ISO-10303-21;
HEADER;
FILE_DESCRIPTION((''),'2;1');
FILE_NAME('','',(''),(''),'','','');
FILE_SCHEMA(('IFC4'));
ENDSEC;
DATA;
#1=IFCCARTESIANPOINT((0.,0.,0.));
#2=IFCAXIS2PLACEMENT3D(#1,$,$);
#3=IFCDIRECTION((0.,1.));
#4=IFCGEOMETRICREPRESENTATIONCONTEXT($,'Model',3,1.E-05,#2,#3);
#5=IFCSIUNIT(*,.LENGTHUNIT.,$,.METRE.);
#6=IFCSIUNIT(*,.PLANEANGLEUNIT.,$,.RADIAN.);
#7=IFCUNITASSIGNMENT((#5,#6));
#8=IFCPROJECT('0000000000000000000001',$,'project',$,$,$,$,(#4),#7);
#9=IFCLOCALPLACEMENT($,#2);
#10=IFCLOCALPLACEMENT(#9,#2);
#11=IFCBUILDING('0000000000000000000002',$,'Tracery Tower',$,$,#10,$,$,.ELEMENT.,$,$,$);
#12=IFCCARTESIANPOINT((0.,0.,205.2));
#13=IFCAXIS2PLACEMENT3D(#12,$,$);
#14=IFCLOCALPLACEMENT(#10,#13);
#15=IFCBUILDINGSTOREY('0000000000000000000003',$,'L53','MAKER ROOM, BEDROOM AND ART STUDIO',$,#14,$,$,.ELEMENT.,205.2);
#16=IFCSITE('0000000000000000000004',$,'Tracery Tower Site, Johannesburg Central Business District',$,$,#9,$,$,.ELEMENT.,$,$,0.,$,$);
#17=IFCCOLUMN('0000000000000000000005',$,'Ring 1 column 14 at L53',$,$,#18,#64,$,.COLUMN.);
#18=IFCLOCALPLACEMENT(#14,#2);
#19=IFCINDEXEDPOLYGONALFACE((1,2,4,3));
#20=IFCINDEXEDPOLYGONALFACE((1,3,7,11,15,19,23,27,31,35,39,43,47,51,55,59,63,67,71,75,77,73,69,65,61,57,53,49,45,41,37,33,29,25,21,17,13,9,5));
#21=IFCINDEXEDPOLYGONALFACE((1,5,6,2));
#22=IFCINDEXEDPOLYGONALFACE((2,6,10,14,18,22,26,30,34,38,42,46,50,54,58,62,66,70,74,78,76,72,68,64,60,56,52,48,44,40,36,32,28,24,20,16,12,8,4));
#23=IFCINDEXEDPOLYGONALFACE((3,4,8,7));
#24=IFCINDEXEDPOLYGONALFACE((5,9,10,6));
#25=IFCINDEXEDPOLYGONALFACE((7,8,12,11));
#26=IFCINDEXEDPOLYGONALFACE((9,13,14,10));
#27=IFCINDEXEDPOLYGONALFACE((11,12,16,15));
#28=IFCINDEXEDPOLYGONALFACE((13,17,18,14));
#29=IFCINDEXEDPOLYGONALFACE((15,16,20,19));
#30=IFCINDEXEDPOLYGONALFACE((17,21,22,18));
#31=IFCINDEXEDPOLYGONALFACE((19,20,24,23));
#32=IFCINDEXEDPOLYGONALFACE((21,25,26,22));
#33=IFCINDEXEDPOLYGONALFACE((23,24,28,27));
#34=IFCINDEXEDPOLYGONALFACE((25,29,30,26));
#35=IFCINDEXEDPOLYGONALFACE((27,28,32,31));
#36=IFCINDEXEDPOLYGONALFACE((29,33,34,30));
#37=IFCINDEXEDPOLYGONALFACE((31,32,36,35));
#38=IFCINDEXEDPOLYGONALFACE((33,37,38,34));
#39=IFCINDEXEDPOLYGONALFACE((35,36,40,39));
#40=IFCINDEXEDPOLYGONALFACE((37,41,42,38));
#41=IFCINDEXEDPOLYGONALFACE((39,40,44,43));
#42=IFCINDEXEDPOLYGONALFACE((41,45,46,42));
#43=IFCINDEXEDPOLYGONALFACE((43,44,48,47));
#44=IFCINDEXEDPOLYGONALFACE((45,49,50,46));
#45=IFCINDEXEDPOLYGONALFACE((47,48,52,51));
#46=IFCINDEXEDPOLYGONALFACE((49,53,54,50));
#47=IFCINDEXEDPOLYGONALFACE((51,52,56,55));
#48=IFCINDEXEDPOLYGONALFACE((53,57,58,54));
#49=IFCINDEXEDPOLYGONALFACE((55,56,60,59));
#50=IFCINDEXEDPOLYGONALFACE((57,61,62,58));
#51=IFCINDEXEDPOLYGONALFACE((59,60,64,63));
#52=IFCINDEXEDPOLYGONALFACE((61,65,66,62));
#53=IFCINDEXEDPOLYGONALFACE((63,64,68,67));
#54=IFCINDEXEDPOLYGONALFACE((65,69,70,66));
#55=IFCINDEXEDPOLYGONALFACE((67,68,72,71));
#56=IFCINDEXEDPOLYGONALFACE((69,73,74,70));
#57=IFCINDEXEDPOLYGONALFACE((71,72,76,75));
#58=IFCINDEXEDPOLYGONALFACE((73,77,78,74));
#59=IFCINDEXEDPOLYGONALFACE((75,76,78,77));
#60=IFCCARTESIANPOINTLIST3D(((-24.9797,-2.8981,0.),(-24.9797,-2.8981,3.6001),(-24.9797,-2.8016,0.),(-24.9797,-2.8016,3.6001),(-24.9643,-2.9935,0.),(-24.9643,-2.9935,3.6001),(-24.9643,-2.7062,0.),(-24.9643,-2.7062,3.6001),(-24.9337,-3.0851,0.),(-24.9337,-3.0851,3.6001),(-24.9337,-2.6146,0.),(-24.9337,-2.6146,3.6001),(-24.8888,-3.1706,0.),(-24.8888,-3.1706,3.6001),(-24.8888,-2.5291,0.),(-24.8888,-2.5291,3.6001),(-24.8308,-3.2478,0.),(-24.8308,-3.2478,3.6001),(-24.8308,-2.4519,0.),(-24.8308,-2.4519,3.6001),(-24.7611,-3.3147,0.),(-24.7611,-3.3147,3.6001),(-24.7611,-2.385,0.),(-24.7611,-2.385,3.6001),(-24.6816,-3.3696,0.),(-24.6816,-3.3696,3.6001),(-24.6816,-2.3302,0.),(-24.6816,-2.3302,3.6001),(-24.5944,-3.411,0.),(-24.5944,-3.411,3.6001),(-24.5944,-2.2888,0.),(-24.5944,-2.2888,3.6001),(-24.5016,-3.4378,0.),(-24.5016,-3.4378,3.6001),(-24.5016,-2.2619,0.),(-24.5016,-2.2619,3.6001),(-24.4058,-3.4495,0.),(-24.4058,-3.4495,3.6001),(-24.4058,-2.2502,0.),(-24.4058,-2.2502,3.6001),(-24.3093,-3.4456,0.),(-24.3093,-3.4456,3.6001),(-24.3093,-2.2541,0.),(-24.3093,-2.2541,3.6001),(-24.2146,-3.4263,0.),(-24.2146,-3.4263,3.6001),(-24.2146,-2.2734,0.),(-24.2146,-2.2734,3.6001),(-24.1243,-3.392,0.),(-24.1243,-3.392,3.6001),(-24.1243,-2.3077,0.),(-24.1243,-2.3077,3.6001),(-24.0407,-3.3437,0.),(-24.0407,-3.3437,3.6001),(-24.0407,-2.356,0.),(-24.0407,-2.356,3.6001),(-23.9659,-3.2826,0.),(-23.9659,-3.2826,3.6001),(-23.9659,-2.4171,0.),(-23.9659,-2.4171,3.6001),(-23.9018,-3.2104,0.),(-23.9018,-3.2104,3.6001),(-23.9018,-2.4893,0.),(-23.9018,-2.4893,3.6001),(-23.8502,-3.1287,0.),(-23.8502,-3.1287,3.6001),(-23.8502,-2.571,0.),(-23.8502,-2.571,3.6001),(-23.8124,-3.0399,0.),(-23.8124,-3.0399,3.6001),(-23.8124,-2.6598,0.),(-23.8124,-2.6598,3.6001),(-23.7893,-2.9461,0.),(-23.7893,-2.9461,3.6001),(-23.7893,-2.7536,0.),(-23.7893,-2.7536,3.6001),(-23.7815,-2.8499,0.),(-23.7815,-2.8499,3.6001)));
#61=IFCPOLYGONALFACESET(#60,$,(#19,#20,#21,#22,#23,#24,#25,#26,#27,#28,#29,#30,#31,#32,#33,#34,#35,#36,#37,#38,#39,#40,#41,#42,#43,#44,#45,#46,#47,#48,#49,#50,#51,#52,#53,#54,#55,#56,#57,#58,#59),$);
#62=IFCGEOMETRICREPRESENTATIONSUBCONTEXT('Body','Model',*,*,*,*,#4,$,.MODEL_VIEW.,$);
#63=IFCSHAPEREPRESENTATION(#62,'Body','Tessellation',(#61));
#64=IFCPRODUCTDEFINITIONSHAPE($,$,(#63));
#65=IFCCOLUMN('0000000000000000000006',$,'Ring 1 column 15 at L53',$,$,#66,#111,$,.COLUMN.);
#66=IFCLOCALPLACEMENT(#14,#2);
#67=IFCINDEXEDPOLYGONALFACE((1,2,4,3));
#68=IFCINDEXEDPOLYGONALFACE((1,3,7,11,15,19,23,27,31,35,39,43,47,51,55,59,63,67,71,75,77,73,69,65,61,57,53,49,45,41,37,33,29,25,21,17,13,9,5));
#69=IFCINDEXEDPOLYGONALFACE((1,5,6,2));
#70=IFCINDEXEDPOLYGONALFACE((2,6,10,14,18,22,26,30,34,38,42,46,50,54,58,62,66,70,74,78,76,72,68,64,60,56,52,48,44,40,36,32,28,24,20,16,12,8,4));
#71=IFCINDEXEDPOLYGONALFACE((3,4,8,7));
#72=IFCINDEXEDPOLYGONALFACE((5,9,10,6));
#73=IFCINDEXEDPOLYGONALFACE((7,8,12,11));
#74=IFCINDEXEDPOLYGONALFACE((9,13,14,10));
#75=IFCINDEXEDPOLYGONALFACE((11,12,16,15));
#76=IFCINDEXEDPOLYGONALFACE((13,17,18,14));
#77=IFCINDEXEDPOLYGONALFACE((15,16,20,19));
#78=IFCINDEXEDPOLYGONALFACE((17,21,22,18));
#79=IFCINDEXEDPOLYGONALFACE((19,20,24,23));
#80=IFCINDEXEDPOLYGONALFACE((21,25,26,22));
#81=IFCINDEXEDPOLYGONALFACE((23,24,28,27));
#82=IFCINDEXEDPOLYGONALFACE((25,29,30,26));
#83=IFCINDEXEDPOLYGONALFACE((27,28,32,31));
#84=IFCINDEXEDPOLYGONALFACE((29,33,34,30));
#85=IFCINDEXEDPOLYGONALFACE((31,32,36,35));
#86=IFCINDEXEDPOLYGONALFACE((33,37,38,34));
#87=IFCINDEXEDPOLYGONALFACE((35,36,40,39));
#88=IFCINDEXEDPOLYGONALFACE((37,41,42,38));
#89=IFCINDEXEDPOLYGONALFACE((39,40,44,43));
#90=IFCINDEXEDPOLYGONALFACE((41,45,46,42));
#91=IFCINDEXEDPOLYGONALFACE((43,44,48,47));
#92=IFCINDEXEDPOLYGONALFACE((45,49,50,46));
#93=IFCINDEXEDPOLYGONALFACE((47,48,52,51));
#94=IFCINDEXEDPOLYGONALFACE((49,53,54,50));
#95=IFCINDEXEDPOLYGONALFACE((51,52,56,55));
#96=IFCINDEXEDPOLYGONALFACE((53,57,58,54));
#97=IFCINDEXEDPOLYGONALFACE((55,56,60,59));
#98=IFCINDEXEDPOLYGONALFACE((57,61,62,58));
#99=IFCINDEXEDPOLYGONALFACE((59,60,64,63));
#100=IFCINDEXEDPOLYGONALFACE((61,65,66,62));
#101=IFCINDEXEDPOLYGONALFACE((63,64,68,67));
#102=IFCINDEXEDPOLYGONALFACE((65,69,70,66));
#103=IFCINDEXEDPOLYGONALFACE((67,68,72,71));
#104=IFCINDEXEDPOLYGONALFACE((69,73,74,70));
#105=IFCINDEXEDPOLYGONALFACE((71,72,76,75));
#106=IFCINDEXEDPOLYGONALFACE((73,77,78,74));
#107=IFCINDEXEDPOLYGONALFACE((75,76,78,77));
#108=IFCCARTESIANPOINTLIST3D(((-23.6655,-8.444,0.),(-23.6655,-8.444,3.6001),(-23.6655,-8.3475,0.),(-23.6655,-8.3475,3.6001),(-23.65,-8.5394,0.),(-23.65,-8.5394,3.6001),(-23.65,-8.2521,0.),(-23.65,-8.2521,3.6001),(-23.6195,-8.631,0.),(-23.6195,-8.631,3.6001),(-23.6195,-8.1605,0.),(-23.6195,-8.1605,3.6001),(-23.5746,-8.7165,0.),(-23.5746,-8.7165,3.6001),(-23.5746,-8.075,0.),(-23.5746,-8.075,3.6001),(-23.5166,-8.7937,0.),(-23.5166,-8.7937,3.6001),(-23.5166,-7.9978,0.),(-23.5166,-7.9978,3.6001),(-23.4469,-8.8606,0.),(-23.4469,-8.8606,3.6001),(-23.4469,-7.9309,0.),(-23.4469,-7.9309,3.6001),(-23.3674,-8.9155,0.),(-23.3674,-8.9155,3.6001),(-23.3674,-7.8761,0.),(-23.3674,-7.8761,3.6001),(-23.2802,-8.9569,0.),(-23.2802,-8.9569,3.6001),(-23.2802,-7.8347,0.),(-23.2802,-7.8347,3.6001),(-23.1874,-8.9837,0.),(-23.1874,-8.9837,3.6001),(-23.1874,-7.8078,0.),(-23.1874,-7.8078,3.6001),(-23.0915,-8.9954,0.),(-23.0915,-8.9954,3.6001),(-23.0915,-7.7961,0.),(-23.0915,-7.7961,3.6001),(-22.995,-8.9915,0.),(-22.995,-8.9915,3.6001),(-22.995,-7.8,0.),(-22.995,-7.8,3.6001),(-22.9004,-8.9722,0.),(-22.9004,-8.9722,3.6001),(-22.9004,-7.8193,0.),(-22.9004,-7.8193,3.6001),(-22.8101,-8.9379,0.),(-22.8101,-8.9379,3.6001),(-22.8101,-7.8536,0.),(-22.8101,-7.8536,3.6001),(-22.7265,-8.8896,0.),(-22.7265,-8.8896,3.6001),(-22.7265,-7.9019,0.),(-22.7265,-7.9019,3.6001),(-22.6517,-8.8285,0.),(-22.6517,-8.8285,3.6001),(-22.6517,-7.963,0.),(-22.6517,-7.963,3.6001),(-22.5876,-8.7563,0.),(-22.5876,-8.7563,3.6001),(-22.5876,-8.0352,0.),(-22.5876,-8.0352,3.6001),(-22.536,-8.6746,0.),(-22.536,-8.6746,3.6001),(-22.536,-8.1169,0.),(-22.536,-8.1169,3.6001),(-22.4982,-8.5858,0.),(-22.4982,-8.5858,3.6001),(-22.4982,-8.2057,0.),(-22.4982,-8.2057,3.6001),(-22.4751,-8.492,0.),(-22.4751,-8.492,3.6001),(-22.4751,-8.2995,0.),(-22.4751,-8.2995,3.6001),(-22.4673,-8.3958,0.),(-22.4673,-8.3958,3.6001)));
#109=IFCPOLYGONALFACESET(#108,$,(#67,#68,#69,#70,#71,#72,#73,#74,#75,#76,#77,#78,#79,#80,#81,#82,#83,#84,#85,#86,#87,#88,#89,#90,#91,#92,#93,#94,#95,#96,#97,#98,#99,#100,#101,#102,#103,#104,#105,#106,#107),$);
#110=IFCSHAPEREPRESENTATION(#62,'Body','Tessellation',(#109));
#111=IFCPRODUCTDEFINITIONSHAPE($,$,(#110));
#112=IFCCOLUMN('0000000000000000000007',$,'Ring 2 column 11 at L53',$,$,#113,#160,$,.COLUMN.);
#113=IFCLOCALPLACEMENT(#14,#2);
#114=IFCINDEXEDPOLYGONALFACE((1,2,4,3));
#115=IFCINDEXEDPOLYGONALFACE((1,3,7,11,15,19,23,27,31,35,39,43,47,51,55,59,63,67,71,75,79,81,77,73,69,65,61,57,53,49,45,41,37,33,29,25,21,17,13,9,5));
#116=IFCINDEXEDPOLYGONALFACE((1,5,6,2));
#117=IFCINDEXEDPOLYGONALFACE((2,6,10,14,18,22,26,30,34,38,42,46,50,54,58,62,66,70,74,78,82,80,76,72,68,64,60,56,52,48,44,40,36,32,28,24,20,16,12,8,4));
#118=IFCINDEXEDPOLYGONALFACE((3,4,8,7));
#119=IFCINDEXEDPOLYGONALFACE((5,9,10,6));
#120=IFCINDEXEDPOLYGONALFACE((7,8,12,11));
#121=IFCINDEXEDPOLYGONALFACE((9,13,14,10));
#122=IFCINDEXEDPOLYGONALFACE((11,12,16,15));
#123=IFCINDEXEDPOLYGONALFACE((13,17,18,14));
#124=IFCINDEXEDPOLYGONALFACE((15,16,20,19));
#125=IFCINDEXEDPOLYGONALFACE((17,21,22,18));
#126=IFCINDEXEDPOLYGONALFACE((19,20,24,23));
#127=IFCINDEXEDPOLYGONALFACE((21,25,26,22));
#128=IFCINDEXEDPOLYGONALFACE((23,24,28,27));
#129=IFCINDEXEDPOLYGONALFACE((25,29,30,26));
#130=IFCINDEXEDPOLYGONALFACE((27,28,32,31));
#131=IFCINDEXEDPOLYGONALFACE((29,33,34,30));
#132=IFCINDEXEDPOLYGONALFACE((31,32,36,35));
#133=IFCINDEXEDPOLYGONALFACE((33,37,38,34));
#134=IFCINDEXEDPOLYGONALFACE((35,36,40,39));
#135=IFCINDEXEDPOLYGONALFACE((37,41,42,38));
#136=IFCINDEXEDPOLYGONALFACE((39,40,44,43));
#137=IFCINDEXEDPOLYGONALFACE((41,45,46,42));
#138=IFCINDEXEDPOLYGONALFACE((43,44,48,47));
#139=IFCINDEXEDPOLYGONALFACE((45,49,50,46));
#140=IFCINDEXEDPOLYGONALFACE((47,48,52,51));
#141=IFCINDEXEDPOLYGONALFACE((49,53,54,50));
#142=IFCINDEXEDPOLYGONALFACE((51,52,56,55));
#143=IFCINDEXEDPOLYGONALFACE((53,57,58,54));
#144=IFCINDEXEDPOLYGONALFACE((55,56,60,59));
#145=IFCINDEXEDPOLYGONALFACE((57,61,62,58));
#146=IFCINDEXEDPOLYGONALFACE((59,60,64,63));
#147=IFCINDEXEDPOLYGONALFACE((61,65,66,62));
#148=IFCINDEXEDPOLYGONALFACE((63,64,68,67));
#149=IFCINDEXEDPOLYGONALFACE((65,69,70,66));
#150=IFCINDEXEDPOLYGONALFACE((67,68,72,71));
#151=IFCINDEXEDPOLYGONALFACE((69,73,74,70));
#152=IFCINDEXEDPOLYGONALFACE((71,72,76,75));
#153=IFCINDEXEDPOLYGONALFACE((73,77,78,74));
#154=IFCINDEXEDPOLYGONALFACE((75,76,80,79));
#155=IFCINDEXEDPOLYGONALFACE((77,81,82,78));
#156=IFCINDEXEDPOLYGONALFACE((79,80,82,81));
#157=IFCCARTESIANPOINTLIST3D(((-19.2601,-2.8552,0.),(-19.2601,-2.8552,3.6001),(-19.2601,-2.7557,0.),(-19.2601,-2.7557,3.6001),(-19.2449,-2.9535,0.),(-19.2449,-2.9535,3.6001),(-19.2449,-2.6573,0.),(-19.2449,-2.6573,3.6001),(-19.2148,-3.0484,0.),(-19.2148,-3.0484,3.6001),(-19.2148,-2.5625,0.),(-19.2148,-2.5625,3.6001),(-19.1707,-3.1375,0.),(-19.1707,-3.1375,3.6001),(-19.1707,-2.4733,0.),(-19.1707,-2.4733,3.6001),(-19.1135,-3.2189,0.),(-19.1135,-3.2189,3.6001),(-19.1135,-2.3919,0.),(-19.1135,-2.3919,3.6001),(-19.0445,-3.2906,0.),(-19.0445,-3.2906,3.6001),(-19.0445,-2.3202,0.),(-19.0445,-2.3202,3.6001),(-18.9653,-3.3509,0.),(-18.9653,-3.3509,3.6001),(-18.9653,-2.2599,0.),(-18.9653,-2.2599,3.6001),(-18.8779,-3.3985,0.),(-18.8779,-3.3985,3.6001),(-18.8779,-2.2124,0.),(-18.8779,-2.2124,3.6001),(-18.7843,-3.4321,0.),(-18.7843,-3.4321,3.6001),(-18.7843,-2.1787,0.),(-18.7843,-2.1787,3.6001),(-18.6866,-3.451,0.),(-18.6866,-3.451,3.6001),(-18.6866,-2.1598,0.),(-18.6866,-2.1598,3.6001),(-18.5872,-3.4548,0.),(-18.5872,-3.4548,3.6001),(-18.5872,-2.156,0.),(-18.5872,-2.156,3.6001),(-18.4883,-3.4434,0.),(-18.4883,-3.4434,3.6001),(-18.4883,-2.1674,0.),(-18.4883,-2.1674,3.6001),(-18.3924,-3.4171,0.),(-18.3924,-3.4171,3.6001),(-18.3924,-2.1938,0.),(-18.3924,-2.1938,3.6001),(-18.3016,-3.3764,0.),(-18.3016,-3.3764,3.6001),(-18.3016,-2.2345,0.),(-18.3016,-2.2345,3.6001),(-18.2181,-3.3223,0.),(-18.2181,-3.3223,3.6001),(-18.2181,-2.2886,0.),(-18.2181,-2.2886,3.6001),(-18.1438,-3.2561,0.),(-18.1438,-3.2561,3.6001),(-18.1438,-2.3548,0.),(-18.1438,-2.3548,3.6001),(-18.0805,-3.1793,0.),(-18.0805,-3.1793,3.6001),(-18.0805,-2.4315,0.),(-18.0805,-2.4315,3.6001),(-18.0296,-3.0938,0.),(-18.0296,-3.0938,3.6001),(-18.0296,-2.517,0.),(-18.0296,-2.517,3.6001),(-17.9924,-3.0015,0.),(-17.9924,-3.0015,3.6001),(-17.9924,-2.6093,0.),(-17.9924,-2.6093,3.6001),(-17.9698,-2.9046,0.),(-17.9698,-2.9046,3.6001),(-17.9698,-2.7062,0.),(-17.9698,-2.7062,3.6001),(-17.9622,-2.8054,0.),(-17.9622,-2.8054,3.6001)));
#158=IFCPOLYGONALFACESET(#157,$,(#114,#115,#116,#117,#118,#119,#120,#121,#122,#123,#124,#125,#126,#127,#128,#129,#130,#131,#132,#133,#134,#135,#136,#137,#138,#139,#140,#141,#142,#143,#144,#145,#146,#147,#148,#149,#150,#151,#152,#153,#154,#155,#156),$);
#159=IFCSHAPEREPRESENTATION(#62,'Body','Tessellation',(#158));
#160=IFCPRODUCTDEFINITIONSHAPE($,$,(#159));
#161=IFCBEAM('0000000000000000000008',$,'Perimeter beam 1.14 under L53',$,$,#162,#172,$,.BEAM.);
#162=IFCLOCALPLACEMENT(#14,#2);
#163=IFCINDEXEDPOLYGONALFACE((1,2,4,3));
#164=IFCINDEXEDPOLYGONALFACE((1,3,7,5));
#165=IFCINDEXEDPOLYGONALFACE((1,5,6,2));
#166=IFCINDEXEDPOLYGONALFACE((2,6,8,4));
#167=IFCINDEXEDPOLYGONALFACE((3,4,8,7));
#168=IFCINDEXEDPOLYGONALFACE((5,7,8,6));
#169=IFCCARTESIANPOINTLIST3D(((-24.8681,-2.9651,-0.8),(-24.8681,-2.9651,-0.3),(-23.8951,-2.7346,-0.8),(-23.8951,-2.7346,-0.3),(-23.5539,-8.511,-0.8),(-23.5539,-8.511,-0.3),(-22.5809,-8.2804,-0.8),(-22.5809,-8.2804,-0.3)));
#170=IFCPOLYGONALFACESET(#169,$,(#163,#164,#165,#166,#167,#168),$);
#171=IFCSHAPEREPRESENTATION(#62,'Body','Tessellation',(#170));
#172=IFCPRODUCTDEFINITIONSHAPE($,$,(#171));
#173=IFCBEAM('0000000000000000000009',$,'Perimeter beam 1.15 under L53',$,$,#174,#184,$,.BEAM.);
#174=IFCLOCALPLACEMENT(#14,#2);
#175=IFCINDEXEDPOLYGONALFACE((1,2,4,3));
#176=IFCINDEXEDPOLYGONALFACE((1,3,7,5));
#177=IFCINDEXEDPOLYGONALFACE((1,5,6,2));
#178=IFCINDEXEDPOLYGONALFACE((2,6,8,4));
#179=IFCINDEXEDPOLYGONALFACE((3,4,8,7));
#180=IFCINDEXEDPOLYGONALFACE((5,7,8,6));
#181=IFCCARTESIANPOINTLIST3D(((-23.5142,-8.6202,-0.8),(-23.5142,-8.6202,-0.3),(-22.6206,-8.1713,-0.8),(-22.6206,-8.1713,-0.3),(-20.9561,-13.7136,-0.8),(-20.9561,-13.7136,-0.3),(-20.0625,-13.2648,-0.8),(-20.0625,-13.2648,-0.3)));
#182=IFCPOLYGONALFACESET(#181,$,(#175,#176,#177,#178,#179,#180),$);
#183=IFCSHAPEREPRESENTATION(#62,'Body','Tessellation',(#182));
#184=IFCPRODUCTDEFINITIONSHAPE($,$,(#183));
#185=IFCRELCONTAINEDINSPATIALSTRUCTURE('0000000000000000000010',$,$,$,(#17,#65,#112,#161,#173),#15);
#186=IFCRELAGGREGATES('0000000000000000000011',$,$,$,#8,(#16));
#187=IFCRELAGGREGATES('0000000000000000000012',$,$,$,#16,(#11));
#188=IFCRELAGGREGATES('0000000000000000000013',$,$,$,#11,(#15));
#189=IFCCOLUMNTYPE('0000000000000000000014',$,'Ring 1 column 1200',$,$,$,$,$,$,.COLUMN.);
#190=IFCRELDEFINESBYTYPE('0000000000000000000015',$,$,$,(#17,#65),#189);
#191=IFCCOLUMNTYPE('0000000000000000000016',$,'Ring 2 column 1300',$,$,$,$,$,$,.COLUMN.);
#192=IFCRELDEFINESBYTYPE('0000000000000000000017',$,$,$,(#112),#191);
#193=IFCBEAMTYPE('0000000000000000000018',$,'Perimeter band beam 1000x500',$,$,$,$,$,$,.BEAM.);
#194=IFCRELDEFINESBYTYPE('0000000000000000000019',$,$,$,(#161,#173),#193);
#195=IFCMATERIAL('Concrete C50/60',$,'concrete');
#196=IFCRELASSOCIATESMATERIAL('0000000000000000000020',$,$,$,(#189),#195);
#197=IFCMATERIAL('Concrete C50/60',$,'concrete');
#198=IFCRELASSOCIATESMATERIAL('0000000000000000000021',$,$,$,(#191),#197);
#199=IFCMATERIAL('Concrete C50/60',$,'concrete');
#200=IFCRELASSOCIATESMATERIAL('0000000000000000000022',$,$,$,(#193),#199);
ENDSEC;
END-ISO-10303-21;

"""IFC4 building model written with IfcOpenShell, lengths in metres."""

from ifc_helpers import new_model, si_unit, direction, frame, origin, origin_2d, place, context, subcontext, project, spatial, rectangle, circle, extrude, material, material_profile, profile_set, type_object, element, save


model = new_model("IFC4")

# Units and contexts
model_context = context("Model", 3, precision=1e-05, world=origin(), true_north=direction((0.0, 1.0)))
body_context = subcontext(model_context, "Body", "Model", "MODEL_VIEW")
ifc_project = project(units=[si_unit("LENGTHUNIT", "METRE"), si_unit("PLANEANGLEUNIT", "RADIAN")], contexts=[model_context])

# Site, building, storey
site_placement = place(None, origin())
site = spatial("IfcSite", under=ifc_project, at=site_placement, Name="Tracery Tower Site, Johannesburg Central Business District", CompositionType="ELEMENT", RefElevation=0.0)
building_placement = place(site_placement, origin())
building = spatial("IfcBuilding", under=site, at=building_placement, Name="Tracery Tower", CompositionType="ELEMENT")
storey_placement = place(building_placement, frame((0.0, 0.0, 205.2)))
storey = spatial("IfcBuildingStorey", under=building, at=storey_placement, Name="L53", Description="MAKER ROOM, BEDROOM AND ART STUDIO", CompositionType="ELEMENT", Elevation=205.2)

# Columns
ifc_material_1 = material(Name="Concrete C50/60", Category="concrete")
ifc_material_profile_1 = material_profile(ifc_material_1, circle(Radius=0.6001, at=origin_2d()), Name="RC D1200")
ifc_profile_set_1 = profile_set([ifc_material_profile_1], Name="Concrete C50/60")
column_type_1 = type_object("IfcColumnType", Name="Ring 1 column 1200", PredefinedType="COLUMN", material=ifc_profile_set_1)
for number, where, z_axis, x_axis, name in (
    (1, (-24.3816, -2.8499, 0.0), (0.0, 0.0, 1.0), (1.0, 0.0, 0.0), "Ring 1 column 14 at L53"),
    (2, (-23.0674, -8.3958, 0.0), (0.0, 0.0, 1.0), (1.0, 0.0, 0.0), "Ring 1 column 15 at L53"),
):
    element("IfcColumn", number, at=place(storey_placement, frame(where, z_axis=z_axis, x_axis=x_axis)), inside=storey, type_object=column_type_1, Name=name, PredefinedType="COLUMN", context=body_context, shape_type="SweptSolid", body=[
        extrude(circle(Radius=0.6001, at=origin_2d()), origin(), (0.0, 0.0, 1.0), 3.6001),
    ])
ifc_material_2 = material(Name="Concrete C50/60", Category="concrete")
ifc_material_profile_2 = material_profile(ifc_material_2, circle(Radius=0.6499, at=origin_2d()), Name="RC D1300")
ifc_profile_set_2 = profile_set([ifc_material_profile_2], Name="Concrete C50/60")
column_type_2 = type_object("IfcColumnType", Name="Ring 2 column 1300", PredefinedType="COLUMN", material=ifc_profile_set_2)
column_placement = place(storey_placement, frame((-18.6121, -2.8054, 0.0), z_axis=(0.0, 0.0, 1.0), x_axis=(1.0, 0.0, 0.0)))
element("IfcColumn", 3, at=column_placement, inside=storey, type_object=column_type_2, Name="Ring 2 column 11 at L53", PredefinedType="COLUMN", context=body_context, shape_type="SweptSolid", body=[
    extrude(circle(Radius=0.6499, at=origin_2d()), origin(), (0.0, 0.0, 1.0), 3.6001),
])

# Beams
ifc_material_3 = material(Name="Concrete C50/60", Category="concrete")
ifc_material_profile_3 = material_profile(ifc_material_3, rectangle(XDim=1.0, YDim=0.5, at=origin_2d()), Name="RC 1000x500")
ifc_profile_set_3 = profile_set([ifc_material_profile_3], Name="Concrete C50/60")
beam_type = type_object("IfcBeamType", Name="Perimeter band beam 1000x500", PredefinedType="BEAM", material=ifc_profile_set_3)
beam_1_placement = place(storey_placement, frame((-24.3816, -2.8499, -0.55), z_axis=(0.230584, -0.973052, 0.0), x_axis=(0.973052, 0.230584, 0.0)))
element("IfcBeam", 4, at=beam_1_placement, inside=storey, type_object=beam_type, Name="Perimeter beam 1.14 under L53", PredefinedType="BEAM", context=body_context, shape_type="SweptSolid", body=[
    extrude(rectangle(XDim=1.0, YDim=0.5, at=origin_2d()), origin(), (0.0, 0.0, 1.0), 5.6995),
])
beam_2_placement = place(storey_placement, frame((-23.0674, -8.3958, -0.55), z_axis=(0.448806, -0.893629, 0.0), x_axis=(0.893629, 0.448806, 0.0)))
element("IfcBeam", 5, at=beam_2_placement, inside=storey, type_object=beam_type, Name="Perimeter beam 1.15 under L53", PredefinedType="BEAM", context=body_context, shape_type="SweptSolid", body=[
    extrude(rectangle(XDim=1.0, YDim=0.5, at=origin_2d()), origin(), (0.0, 0.0, 1.0), 5.6997),
])

save(model, "model.ifc")
